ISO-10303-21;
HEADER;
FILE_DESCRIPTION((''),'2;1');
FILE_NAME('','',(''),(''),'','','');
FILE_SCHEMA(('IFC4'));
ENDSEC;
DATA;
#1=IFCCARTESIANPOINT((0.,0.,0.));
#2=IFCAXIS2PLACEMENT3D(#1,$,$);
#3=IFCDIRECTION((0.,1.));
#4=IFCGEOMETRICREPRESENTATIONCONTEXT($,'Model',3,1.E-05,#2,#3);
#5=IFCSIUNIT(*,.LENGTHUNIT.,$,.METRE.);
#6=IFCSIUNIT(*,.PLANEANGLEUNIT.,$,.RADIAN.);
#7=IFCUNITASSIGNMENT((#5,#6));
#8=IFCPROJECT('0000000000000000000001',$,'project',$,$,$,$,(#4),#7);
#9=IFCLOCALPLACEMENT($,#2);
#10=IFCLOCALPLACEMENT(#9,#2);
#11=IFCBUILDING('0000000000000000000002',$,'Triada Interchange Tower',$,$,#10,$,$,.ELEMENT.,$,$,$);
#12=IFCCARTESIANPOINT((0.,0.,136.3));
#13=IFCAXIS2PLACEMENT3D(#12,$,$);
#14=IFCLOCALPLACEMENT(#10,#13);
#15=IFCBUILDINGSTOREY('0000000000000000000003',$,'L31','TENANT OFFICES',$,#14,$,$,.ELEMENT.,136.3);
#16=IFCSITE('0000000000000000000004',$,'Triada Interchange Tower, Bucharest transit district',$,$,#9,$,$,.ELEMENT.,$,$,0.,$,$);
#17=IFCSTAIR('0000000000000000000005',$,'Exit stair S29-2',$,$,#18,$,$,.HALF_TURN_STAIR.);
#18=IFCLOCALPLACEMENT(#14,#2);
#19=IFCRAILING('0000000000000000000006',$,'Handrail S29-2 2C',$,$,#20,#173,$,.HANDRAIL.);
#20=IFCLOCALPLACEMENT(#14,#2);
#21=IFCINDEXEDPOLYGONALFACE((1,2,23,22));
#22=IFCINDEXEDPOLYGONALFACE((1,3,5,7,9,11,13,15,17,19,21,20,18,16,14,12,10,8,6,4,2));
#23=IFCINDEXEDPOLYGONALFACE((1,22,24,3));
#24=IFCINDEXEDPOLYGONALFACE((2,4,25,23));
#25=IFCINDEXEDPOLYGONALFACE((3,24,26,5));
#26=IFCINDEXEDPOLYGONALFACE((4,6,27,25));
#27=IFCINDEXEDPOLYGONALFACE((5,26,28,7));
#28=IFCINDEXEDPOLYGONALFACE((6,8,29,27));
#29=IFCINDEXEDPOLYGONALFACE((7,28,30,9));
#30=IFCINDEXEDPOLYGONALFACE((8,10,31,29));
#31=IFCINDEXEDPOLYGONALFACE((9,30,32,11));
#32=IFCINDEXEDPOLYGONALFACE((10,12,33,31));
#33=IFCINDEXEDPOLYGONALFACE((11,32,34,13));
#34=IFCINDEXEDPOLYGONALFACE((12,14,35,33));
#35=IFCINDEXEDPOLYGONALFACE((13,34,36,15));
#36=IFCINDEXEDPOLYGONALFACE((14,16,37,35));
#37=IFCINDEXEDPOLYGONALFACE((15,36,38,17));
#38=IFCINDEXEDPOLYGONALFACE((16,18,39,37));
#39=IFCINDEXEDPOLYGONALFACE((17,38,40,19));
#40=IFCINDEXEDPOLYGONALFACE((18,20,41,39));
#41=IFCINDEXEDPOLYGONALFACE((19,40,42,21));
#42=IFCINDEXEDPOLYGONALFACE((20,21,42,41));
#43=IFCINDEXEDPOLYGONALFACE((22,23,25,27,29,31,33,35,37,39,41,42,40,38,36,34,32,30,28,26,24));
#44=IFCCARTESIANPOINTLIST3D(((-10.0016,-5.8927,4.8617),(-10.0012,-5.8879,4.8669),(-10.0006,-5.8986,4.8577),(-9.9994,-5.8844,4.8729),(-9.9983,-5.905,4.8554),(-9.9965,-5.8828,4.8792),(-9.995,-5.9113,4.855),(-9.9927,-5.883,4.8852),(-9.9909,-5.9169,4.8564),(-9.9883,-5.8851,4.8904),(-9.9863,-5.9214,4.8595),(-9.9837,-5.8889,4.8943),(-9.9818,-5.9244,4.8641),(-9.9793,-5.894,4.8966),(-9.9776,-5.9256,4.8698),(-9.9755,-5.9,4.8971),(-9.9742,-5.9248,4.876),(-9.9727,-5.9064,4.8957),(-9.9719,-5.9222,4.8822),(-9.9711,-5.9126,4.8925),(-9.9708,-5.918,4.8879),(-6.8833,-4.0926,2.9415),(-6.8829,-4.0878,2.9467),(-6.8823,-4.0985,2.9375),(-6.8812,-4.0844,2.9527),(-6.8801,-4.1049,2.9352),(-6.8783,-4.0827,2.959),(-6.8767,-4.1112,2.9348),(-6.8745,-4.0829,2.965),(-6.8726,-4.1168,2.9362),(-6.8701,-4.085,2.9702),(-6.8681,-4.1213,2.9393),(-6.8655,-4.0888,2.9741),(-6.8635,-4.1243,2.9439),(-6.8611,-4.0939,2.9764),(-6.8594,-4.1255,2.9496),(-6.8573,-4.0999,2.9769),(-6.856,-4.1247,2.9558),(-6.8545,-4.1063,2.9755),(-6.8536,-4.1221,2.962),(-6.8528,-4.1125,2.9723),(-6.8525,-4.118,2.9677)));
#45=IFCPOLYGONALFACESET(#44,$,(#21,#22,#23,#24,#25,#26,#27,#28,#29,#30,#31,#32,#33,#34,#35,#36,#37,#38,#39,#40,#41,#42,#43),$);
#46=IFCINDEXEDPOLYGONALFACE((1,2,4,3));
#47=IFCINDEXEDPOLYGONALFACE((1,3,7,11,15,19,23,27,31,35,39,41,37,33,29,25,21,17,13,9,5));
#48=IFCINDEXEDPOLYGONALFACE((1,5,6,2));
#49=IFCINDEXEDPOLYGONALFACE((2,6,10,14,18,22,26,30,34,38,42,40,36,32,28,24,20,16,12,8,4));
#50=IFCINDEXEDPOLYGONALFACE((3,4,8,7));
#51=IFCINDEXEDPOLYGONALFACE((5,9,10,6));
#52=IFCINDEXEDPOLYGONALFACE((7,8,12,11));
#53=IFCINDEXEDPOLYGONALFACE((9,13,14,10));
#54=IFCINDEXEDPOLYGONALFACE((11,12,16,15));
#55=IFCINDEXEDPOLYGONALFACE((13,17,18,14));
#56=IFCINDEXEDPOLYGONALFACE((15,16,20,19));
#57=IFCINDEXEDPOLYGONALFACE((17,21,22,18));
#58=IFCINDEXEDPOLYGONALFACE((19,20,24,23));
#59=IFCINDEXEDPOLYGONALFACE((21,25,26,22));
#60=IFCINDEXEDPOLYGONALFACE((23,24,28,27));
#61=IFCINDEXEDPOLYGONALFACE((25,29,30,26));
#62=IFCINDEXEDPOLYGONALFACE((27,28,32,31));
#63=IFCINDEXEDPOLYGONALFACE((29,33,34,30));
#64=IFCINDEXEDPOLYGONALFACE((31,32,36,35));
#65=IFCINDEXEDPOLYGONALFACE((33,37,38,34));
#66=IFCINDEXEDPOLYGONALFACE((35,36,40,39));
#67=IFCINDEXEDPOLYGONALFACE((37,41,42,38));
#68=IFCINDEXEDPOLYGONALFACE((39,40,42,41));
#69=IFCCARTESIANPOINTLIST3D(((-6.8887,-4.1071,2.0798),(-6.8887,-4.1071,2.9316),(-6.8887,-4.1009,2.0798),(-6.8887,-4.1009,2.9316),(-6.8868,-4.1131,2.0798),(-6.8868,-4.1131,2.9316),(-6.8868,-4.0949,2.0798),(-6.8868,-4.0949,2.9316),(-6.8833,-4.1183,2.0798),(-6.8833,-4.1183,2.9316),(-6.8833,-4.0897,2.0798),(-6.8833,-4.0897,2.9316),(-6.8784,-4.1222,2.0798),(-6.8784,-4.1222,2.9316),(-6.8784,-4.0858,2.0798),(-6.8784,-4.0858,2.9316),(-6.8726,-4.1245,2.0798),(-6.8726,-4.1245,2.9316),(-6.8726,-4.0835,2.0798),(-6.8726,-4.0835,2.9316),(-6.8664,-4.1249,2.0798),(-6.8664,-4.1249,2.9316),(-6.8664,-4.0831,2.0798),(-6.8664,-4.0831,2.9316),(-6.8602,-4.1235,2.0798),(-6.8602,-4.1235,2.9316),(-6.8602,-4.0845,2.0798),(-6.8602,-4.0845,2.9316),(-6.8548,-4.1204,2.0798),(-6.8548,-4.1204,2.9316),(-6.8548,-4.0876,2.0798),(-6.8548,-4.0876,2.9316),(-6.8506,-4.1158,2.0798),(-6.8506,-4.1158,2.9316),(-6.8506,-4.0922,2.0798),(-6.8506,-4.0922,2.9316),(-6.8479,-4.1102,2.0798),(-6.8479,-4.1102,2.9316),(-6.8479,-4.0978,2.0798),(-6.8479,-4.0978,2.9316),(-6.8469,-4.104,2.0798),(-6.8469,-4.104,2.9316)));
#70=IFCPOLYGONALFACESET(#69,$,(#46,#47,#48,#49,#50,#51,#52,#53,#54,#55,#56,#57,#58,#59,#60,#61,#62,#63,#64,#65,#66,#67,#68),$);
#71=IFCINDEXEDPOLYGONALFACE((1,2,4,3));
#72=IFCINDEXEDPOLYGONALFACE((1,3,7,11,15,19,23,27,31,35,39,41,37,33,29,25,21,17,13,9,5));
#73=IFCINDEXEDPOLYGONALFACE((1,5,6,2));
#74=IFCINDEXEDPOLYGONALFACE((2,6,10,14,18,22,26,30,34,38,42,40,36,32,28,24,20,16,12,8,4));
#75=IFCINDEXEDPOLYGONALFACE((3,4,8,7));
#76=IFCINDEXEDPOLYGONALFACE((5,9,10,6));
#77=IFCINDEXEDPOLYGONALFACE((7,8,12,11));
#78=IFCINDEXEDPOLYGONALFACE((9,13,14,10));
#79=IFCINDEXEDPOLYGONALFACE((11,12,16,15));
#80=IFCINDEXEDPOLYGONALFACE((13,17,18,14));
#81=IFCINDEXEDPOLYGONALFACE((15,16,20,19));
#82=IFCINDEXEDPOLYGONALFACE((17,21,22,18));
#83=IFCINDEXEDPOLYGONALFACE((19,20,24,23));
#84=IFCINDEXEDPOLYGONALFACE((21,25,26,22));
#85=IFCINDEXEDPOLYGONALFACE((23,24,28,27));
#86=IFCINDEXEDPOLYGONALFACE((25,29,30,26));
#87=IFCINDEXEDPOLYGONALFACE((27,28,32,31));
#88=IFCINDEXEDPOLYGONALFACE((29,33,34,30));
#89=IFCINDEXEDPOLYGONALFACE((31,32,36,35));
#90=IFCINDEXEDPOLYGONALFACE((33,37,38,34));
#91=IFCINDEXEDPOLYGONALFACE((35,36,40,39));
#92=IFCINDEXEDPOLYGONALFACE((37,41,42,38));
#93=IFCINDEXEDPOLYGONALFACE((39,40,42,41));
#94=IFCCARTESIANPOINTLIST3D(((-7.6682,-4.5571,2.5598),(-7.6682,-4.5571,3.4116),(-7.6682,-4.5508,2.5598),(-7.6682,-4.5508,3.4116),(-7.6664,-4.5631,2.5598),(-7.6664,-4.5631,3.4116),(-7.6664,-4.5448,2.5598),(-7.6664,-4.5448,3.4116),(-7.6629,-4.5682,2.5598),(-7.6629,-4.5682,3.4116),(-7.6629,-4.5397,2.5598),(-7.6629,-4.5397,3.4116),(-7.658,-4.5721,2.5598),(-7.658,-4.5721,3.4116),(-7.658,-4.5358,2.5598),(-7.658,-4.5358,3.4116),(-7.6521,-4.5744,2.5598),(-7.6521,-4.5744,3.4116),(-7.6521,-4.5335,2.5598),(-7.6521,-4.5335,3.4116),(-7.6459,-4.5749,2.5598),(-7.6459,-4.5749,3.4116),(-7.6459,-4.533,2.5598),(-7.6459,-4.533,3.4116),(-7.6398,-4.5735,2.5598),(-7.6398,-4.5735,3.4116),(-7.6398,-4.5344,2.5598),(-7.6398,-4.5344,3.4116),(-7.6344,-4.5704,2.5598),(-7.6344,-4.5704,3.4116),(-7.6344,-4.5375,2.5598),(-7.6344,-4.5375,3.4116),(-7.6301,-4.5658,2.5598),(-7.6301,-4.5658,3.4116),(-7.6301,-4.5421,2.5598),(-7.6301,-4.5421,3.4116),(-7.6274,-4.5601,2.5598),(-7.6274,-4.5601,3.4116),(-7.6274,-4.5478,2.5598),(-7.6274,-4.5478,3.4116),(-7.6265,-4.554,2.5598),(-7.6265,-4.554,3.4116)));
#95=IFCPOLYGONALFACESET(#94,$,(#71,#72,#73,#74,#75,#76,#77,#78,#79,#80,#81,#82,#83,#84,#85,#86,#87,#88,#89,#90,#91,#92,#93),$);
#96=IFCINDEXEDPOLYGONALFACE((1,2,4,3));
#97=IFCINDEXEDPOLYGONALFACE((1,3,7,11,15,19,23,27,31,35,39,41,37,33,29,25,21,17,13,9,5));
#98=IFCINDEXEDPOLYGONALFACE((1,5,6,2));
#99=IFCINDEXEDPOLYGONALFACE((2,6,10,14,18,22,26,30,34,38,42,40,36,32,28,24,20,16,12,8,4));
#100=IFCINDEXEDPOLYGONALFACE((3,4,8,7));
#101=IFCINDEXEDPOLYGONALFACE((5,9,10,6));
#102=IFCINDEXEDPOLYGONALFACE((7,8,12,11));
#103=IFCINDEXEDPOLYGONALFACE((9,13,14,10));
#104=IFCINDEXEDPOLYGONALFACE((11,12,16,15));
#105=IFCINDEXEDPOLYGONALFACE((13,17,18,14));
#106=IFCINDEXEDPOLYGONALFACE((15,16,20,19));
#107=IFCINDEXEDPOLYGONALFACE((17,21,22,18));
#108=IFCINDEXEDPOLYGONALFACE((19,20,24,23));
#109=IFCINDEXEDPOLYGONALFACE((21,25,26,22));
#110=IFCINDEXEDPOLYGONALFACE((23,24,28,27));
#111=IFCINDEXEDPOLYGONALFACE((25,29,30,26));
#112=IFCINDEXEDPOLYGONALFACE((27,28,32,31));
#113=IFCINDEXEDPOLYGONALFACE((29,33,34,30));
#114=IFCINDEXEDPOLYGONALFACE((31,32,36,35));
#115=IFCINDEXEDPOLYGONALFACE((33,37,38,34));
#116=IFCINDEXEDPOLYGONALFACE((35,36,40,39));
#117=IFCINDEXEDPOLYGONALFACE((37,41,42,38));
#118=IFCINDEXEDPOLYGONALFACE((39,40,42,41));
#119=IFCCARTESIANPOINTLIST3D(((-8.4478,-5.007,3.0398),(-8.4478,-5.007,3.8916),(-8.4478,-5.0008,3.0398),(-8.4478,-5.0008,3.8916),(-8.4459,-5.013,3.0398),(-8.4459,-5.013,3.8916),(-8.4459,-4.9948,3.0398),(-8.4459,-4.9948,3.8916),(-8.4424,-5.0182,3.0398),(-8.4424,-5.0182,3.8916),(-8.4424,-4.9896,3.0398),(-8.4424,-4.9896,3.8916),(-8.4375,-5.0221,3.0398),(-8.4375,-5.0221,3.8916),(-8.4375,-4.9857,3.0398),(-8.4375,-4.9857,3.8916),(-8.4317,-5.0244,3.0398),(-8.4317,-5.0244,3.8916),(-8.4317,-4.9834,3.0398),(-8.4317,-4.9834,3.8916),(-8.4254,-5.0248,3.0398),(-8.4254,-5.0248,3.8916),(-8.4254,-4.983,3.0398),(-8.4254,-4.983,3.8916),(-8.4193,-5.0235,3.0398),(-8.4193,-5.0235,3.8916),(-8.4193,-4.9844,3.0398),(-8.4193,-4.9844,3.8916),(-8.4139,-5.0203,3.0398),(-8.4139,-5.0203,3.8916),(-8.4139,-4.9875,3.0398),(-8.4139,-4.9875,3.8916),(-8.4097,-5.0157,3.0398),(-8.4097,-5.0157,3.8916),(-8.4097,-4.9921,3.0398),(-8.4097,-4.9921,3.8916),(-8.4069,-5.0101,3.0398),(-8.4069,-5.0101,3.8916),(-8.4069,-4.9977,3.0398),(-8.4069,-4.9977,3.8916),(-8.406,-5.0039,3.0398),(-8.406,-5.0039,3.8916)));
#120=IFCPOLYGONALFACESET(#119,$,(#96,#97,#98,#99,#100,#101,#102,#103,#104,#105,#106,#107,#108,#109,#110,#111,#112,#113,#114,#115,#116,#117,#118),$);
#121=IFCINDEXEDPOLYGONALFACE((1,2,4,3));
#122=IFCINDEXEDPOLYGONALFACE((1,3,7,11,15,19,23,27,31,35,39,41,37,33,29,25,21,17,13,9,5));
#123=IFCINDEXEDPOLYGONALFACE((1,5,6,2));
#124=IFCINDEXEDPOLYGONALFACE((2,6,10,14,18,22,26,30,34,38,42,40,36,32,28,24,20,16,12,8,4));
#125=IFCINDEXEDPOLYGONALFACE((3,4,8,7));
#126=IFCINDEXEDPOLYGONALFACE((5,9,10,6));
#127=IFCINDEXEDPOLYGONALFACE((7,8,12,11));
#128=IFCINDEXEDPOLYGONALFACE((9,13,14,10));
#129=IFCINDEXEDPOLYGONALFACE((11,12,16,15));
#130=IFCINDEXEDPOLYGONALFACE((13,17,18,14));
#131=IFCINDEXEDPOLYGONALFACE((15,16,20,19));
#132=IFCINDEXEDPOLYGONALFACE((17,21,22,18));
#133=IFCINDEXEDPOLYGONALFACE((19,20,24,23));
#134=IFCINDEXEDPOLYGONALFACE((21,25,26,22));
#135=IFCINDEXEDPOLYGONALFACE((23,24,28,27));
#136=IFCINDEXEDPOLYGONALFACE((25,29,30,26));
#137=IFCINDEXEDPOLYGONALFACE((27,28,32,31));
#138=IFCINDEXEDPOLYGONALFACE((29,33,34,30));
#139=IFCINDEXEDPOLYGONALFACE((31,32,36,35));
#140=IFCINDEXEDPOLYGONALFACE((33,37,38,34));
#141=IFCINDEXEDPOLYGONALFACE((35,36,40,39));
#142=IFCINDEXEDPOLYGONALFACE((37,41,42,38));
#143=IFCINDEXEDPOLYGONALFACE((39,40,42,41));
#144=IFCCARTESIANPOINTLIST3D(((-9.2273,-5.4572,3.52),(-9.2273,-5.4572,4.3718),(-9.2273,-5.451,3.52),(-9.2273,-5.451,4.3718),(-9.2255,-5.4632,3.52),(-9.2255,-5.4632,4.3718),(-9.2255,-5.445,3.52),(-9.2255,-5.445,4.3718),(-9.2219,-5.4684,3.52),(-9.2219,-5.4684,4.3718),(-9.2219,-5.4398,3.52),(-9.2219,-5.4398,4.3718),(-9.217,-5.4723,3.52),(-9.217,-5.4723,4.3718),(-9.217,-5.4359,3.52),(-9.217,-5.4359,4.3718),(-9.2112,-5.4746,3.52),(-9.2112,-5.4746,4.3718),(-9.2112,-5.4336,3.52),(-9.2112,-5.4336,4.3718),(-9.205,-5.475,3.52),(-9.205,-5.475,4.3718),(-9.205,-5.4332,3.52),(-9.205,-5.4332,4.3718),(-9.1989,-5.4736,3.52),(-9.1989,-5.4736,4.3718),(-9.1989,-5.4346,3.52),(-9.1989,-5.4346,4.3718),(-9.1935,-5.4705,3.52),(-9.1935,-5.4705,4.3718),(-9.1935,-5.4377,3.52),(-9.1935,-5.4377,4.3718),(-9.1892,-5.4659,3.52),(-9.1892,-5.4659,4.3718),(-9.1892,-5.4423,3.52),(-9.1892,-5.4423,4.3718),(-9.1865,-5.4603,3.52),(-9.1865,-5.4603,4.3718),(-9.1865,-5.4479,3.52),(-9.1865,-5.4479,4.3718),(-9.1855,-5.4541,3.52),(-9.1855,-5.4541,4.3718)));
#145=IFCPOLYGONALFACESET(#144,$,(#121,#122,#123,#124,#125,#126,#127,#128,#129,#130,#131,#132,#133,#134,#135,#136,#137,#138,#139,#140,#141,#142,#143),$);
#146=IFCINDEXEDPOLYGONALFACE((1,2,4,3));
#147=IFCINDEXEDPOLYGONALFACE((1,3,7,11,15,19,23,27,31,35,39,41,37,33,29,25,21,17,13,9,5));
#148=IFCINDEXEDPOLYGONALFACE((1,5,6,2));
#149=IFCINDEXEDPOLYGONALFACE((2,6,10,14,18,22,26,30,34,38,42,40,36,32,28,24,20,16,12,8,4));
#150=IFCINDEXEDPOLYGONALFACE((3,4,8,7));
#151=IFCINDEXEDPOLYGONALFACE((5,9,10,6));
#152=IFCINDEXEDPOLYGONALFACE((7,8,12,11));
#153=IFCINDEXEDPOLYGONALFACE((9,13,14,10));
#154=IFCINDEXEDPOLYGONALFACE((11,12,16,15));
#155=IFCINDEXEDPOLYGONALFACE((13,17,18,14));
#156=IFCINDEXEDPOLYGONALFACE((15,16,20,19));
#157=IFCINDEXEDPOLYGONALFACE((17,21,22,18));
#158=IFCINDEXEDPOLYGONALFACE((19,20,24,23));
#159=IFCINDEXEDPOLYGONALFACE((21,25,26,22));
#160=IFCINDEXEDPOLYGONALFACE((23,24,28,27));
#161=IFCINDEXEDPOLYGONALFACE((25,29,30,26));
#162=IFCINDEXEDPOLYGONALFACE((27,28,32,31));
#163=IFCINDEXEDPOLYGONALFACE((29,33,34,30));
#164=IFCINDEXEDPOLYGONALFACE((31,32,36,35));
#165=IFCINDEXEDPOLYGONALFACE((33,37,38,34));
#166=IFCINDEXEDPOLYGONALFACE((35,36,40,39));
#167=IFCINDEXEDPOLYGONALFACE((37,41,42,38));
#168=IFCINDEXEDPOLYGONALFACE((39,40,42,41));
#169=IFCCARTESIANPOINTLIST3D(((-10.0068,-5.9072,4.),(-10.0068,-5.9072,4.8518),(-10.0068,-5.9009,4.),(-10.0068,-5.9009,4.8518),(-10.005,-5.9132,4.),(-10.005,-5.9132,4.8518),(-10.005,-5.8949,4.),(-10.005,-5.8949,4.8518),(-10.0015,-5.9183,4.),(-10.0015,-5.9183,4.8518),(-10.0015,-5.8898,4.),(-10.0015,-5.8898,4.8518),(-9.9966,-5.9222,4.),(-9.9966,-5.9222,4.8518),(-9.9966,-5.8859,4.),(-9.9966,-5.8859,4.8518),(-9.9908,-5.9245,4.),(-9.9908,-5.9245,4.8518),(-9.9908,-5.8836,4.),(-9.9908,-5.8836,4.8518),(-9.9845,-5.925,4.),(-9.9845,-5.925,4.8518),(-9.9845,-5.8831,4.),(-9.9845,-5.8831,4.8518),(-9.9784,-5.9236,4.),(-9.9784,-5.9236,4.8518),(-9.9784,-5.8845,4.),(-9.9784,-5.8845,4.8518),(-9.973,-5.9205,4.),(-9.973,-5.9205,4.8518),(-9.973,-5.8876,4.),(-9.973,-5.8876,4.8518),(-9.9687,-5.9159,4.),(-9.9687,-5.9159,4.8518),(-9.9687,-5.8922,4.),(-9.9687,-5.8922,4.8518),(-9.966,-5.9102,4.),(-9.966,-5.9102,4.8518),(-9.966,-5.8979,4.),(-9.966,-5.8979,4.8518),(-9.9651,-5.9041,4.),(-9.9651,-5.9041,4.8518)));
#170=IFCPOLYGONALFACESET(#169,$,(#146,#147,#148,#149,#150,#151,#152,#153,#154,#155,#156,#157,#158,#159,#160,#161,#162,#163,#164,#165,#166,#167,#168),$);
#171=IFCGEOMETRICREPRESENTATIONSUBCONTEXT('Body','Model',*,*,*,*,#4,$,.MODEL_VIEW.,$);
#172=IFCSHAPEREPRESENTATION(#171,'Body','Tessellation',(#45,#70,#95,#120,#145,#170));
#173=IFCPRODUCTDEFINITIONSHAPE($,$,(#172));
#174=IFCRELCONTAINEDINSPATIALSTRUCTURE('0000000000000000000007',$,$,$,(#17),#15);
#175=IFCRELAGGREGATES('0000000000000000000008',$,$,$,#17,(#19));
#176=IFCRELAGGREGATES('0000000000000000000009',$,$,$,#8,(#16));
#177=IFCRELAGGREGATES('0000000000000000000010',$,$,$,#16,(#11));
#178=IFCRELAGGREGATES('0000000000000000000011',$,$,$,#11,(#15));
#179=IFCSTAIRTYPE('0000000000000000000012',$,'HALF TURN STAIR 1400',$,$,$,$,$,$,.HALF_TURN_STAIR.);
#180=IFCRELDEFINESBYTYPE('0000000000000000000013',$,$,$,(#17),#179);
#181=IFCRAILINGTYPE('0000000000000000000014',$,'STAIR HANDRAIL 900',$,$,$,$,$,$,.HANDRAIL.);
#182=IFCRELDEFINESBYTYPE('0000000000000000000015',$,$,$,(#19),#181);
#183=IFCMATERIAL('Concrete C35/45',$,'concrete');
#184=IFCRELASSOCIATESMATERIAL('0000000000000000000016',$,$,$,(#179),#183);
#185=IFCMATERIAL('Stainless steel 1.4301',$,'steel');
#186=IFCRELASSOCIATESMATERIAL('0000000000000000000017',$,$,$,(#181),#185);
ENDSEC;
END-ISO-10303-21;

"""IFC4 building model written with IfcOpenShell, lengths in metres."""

from ifc_helpers import new_model, si_unit, direction, frame, origin, origin_2d, place, context, subcontext, project, spatial, circle, extrude, material, type_object, element, aggregate, save


model = new_model("IFC4")

# Units and contexts
model_context = context("Model", 3, precision=1e-05, world=origin(), true_north=direction((0.0, 1.0)))
body_context = subcontext(model_context, "Body", "Model", "MODEL_VIEW")
ifc_project = project(units=[si_unit("LENGTHUNIT", "METRE"), si_unit("PLANEANGLEUNIT", "RADIAN")], contexts=[model_context])

# Site, building, storey
site_placement = place(None, origin())
site = spatial("IfcSite", under=ifc_project, at=site_placement, Name="Triada Interchange Tower, Bucharest transit district", CompositionType="ELEMENT", RefElevation=0.0)
building_placement = place(site_placement, origin())
building = spatial("IfcBuilding", under=site, at=building_placement, Name="Triada Interchange Tower", CompositionType="ELEMENT")
storey_placement = place(building_placement, frame((0.0, 0.0, 136.3)))
storey = spatial("IfcBuildingStorey", under=building, at=storey_placement, Name="L31", Description="TENANT OFFICES", CompositionType="ELEMENT", Elevation=136.3)

# Stair, railing
ifc_material_1 = material(Name="Concrete C35/45", Category="concrete")
stair_type = type_object("IfcStairType", Name="HALF TURN STAIR 1400", PredefinedType="HALF_TURN_STAIR", material=ifc_material_1)
stair_placement = place(storey_placement, origin())
stair = element("IfcStair", 1, at=stair_placement, inside=storey, type_object=stair_type, Name="Exit stair S29-2", PredefinedType="HALF_TURN_STAIR")
ifc_material_2 = material(Name="Stainless steel 1.4301", Category="steel")
railing_type = type_object("IfcRailingType", Name="STAIR HANDRAIL 900", PredefinedType="HANDRAIL", material=ifc_material_2)
railing_1_placement = place(storey_placement, frame((-6.8679, -4.104, 2.0798)))
railing_1 = element("IfcRailing", 2, at=railing_1_placement, type_object=railing_type, Name="Handrail S29-2 2C", PredefinedType="HANDRAIL", context=body_context, shape_type="SweptSolid", body=[
    extrude(circle(Radius=0.0239, at=origin_2d()), frame((0.0, 0.0, 0.876), z_axis=(-0.76417, -0.441139, 0.470576), x_axis=(0.499953, -0.866052, 0.0)), (0.0, 0.0, 1.0), 4.0806),
    extrude(circle(Radius=0.021, at=origin_2d()), origin(), (0.0, 0.0, 1.0), 0.8518),
    extrude(circle(Radius=0.021, at=origin_2d()), frame((-0.7795, -0.45, 0.48)), (0.0, 0.0, 1.0), 0.8518),
    extrude(circle(Radius=0.021, at=origin_2d()), frame((-1.5591, -0.8999, 0.96)), (0.0, 0.0, 1.0), 0.8518),
    extrude(circle(Radius=0.021, at=origin_2d()), frame((-2.3386, -1.3501, 1.4402)), (0.0, 0.0, 1.0), 0.8518),
    extrude(circle(Radius=0.021, at=origin_2d()), frame((-3.1182, -1.8, 1.9202)), (0.0, 0.0, 1.0), 0.8518),
])
aggregate(stair, [railing_1])

save(model, "model.ifc")
